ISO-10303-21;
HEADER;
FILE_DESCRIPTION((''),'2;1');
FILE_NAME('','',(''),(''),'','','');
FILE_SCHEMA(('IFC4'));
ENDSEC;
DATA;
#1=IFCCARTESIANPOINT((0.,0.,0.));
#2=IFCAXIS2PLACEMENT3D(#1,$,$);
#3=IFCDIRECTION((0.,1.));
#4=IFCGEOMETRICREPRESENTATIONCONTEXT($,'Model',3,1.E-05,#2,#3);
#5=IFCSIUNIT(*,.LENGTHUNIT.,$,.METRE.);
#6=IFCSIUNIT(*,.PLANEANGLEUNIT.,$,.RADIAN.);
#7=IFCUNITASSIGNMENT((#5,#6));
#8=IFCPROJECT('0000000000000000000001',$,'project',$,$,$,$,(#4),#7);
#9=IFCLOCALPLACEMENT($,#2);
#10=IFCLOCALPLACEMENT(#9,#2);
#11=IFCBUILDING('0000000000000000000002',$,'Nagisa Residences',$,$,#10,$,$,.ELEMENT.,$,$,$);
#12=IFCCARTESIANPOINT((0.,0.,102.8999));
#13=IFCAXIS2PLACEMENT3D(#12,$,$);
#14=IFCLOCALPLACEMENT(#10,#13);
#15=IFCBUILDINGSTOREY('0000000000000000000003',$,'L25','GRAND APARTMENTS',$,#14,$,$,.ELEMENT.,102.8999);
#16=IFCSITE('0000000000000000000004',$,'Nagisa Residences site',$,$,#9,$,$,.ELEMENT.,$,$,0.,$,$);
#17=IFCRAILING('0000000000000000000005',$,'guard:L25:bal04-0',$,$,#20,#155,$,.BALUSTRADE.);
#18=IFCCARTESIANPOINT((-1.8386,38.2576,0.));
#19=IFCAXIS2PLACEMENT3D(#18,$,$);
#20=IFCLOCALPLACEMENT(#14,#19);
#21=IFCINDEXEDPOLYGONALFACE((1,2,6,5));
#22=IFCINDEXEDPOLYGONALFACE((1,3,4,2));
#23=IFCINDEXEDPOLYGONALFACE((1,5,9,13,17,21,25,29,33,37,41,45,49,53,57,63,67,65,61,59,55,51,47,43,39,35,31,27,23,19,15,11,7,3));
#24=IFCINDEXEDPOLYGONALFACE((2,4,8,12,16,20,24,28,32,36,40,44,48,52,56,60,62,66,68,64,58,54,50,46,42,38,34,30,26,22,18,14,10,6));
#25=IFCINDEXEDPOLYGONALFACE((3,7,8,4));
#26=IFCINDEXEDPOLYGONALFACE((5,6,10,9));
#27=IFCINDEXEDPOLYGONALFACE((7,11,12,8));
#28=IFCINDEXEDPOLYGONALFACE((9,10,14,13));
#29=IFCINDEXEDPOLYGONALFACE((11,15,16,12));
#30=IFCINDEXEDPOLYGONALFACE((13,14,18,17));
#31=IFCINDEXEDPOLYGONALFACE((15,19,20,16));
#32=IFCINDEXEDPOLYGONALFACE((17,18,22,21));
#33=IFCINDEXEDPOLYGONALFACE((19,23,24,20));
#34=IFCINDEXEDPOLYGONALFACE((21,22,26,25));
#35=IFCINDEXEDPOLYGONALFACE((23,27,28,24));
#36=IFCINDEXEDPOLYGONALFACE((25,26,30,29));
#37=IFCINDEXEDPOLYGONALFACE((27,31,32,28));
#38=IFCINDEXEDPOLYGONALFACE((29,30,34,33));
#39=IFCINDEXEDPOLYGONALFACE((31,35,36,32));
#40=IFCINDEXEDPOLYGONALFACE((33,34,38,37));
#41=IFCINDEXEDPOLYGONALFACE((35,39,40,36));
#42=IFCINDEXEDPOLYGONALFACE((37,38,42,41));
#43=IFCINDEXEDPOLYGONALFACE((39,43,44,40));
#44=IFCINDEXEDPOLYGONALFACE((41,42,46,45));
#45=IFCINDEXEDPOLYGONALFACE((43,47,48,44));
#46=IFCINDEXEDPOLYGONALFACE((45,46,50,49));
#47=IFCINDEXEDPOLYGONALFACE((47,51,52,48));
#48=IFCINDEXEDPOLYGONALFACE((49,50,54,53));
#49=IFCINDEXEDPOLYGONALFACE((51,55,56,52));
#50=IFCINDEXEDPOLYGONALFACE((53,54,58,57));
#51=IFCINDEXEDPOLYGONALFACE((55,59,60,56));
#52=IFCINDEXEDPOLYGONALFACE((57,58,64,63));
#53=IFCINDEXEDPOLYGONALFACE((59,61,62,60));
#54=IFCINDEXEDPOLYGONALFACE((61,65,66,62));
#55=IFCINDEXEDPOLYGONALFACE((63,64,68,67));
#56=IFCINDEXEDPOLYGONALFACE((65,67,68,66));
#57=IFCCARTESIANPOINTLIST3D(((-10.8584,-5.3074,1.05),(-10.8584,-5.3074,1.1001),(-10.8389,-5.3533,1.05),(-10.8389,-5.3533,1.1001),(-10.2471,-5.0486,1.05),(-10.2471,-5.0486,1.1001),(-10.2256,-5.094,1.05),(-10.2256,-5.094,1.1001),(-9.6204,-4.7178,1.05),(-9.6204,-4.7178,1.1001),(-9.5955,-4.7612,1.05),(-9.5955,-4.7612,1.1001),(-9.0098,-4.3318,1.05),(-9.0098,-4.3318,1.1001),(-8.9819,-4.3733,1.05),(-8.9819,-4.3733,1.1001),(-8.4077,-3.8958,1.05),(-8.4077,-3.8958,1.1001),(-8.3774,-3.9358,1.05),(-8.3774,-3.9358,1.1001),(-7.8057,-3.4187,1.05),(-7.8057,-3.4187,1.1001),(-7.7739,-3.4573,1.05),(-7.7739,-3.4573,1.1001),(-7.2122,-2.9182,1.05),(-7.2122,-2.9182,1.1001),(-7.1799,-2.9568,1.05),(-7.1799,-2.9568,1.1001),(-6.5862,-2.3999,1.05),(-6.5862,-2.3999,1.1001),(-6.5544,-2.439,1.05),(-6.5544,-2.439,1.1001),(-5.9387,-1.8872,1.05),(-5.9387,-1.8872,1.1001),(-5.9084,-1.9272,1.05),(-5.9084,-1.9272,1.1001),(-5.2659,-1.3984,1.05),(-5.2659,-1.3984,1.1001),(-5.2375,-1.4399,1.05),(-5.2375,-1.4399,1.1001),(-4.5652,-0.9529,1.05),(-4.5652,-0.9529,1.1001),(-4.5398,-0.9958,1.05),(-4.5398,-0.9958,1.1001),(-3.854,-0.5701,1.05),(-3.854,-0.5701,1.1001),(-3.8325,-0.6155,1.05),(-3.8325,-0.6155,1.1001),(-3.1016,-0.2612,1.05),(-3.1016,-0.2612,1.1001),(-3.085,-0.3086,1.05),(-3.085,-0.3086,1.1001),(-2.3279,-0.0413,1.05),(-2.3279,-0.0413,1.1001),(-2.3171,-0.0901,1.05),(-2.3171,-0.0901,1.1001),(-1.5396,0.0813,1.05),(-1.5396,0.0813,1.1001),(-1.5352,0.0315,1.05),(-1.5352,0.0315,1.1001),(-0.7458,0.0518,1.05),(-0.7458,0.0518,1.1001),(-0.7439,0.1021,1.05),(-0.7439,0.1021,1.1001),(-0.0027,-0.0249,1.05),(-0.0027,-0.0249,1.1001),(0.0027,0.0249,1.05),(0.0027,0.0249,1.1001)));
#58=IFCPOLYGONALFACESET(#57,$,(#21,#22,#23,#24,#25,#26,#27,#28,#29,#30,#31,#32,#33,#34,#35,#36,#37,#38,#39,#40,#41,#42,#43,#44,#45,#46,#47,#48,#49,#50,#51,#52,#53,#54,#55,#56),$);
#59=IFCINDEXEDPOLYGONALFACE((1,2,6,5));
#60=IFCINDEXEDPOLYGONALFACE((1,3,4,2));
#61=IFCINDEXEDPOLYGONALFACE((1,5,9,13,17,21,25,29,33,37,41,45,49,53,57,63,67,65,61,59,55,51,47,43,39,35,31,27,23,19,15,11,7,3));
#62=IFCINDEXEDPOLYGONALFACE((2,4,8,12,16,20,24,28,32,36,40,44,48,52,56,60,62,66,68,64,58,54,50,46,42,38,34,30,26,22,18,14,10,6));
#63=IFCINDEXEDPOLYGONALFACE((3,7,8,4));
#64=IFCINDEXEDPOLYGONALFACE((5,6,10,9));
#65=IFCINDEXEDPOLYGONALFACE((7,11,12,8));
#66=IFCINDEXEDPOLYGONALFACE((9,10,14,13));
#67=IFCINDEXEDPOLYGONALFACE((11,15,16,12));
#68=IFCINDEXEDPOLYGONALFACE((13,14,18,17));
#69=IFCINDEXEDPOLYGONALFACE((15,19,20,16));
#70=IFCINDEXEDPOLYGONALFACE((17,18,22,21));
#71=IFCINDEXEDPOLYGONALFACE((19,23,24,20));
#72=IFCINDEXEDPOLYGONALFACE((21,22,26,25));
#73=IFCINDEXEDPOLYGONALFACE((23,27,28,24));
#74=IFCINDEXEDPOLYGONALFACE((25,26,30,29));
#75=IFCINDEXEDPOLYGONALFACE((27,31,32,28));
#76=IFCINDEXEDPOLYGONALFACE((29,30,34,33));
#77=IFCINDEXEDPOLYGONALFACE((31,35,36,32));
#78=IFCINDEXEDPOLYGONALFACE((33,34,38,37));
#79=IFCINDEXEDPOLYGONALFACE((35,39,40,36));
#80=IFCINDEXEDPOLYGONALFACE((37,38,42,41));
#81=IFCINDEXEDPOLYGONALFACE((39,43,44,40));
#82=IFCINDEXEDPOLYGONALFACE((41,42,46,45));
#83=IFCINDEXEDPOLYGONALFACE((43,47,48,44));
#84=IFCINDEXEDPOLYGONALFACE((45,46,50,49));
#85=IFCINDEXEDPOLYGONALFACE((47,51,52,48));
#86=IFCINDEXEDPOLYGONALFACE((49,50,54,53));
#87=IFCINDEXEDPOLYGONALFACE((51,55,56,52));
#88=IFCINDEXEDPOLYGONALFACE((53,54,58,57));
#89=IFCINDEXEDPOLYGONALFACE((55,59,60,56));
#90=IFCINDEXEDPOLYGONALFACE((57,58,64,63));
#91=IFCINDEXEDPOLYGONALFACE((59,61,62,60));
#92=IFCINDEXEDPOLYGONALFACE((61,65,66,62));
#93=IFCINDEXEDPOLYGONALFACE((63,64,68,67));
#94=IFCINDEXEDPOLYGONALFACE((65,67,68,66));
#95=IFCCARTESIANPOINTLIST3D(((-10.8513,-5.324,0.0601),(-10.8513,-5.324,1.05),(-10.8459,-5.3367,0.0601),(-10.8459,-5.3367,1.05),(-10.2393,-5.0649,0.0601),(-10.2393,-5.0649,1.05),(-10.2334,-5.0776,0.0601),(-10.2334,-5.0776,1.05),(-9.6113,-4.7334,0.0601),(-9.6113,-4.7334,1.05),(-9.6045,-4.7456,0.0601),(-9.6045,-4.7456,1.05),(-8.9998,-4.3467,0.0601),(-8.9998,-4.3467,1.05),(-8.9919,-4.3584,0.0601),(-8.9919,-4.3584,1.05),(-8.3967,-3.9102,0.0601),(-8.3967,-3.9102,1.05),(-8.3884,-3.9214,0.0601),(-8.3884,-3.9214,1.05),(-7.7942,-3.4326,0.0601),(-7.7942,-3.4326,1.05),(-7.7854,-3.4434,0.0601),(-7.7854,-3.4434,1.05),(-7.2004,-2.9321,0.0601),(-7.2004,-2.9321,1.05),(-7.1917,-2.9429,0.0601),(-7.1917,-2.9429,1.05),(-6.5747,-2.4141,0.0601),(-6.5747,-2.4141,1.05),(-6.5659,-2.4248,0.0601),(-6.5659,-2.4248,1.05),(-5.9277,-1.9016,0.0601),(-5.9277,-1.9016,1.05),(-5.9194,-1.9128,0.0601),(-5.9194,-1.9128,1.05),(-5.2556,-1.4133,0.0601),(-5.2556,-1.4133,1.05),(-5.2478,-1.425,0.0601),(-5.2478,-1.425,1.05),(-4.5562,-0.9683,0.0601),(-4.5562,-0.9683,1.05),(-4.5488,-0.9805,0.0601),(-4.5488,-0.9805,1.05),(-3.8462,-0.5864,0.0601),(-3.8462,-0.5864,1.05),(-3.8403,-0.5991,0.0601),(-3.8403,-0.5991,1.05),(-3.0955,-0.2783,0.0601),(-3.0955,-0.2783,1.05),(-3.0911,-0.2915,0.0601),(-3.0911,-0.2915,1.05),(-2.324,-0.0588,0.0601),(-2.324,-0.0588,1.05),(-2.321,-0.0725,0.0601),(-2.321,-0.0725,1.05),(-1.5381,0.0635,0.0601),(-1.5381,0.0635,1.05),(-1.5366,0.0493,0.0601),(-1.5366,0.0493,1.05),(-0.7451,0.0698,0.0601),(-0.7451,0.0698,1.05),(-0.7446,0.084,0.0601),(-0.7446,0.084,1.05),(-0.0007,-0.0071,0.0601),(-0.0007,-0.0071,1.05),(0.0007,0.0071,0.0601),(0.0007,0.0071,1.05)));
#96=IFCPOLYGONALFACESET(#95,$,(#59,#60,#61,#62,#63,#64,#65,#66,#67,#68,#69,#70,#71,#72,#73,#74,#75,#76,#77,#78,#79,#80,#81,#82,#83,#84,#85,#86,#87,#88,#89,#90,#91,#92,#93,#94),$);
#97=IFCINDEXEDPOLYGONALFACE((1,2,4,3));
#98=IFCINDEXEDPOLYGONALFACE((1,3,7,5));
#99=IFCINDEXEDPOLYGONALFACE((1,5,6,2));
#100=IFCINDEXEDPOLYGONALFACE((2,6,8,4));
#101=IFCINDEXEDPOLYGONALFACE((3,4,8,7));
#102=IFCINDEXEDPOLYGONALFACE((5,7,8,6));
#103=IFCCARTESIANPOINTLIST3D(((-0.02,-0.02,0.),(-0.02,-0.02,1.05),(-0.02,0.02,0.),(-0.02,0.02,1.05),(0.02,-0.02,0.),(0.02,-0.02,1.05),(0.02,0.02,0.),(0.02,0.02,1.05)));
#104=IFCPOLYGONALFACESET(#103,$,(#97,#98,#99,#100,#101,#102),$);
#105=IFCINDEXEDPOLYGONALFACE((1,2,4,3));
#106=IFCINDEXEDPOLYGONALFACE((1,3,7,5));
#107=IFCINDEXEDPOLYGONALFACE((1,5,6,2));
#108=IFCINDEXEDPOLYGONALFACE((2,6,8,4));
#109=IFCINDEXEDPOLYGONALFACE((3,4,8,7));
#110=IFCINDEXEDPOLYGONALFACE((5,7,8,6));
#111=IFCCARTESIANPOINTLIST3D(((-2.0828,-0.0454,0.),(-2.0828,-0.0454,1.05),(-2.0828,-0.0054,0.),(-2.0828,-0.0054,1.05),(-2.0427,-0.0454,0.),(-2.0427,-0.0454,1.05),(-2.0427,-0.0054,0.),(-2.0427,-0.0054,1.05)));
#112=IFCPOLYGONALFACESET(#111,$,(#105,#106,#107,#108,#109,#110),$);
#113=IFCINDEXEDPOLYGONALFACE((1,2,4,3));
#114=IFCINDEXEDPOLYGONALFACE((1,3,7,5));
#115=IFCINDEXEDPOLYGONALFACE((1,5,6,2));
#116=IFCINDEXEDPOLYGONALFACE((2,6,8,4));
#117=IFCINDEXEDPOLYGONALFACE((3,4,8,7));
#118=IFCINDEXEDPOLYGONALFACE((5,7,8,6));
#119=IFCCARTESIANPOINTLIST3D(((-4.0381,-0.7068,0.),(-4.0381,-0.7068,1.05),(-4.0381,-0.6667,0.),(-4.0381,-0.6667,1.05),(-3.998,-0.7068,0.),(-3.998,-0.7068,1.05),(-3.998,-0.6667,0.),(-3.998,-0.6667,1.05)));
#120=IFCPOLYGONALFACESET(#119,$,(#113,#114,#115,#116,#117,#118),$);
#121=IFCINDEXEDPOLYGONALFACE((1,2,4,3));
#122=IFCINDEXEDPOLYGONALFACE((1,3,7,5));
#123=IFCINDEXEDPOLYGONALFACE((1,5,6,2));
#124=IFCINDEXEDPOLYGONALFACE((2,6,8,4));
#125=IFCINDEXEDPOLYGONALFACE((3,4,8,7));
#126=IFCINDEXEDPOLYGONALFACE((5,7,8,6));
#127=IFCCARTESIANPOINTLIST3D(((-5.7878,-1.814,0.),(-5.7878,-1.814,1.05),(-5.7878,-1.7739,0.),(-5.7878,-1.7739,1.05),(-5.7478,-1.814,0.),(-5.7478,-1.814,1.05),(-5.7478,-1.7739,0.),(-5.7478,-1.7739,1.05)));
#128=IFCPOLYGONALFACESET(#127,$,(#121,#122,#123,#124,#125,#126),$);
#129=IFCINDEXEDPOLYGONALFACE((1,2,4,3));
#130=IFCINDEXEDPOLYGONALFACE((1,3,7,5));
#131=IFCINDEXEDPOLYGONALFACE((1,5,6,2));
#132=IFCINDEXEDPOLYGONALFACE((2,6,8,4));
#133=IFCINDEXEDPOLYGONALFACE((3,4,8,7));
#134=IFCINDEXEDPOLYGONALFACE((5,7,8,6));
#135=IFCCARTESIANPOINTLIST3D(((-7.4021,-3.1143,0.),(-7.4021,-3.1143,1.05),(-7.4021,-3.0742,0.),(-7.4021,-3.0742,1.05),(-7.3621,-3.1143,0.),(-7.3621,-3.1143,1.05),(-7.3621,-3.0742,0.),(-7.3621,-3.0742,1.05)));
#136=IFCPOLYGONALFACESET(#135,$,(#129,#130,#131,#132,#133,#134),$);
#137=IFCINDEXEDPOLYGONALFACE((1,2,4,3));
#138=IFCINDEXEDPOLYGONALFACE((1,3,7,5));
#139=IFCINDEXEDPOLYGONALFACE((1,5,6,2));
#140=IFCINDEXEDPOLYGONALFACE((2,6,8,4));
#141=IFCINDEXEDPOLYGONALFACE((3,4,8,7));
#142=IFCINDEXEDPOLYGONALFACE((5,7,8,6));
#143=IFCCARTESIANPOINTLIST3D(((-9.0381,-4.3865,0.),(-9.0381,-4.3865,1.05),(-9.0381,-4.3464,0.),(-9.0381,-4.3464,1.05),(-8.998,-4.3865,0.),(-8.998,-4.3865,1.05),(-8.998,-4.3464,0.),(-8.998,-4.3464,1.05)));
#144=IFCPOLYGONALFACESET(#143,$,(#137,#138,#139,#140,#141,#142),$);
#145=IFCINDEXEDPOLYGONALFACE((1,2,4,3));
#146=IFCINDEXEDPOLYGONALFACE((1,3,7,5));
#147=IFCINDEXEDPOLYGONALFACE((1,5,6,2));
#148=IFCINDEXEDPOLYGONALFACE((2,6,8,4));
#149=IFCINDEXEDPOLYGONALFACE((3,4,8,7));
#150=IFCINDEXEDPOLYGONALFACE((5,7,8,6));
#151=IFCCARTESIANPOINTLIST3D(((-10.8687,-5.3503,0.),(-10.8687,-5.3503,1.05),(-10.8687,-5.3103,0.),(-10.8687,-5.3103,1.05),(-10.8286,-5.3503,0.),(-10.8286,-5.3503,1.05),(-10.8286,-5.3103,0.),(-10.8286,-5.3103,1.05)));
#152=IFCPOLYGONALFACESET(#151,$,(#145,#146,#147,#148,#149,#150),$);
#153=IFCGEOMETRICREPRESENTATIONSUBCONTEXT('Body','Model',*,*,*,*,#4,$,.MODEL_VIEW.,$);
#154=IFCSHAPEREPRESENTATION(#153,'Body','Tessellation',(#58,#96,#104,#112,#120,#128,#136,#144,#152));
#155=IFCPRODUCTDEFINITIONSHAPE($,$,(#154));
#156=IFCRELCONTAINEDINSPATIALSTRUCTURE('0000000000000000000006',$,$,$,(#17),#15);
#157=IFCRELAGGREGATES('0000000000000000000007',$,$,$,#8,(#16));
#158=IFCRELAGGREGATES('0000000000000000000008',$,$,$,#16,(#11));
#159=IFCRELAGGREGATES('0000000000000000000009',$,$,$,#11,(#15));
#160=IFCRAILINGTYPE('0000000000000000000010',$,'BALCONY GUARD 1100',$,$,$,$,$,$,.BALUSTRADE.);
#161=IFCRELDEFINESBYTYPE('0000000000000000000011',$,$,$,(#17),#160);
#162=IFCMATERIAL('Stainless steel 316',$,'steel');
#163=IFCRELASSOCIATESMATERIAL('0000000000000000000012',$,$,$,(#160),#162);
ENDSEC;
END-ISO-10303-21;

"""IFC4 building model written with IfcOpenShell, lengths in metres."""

from ifc_helpers import new_model, si_unit, direction, frame, origin, origin_2d, place, context, subcontext, project, spatial, polyline, rectangle, outline, extrude, material, type_object, element, save


model = new_model("IFC4")

# Units and contexts
model_context = context("Model", 3, precision=1e-05, world=origin(), true_north=direction((0.0, 1.0)))
body_context = subcontext(model_context, "Body", "Model", "MODEL_VIEW")
ifc_project = project(units=[si_unit("LENGTHUNIT", "METRE"), si_unit("PLANEANGLEUNIT", "RADIAN")], contexts=[model_context])

# Site, building, storey
site_placement = place(None, origin())
site = spatial("IfcSite", under=ifc_project, at=site_placement, Name="Nagisa Residences site", CompositionType="ELEMENT", RefElevation=0.0)
building_placement = place(site_placement, origin())
building = spatial("IfcBuilding", under=site, at=building_placement, Name="Nagisa Residences", CompositionType="ELEMENT")
storey_placement = place(building_placement, frame((0.0, 0.0, 102.8999)))
storey = spatial("IfcBuildingStorey", under=building, at=storey_placement, Name="L25", Description="GRAND APARTMENTS", CompositionType="ELEMENT", Elevation=102.8999)

# Railing
ifc_material_1 = material(Name="Stainless steel 316", Category="steel")
railing_type = type_object("IfcRailingType", Name="BALCONY GUARD 1100", PredefinedType="BALUSTRADE", material=ifc_material_1)
railing_1_placement = place(storey_placement, frame((-1.8386, 38.2576, 0.0)))
element("IfcRailing", 1, at=railing_1_placement, inside=storey, type_object=railing_type, Name="guard:L25:bal04-0", PredefinedType="BALUSTRADE", context=body_context, shape_type="SweptSolid", body=[
    extrude(outline(polyline([(-0.7458, 0.0518), (-0.0027, -0.0249), (0.0027, 0.0249), (-0.7439, 0.1021), (-1.5396, 0.0813), (-2.3279, -0.0413), (-3.1016, -0.2612), (-3.854, -0.5701), (-4.5652, -0.9529), (-5.2659, -1.3984), (-5.9387, -1.8872), (-6.5862, -2.3999), (-7.2122, -2.9182), (-7.8057, -3.4187), (-8.4077, -3.8958), (-9.0098, -4.3318), (-9.6204, -4.7178), (-10.2471, -5.0486), (-10.8584, -5.3074), (-10.8389, -5.3533), (-10.2256, -5.094), (-9.5955, -4.7612), (-8.9819, -4.3733), (-8.3774, -3.9358), (-7.7739, -3.4573), (-7.1799, -2.9568), (-6.5544, -2.439), (-5.9084, -1.9272), (-5.2375, -1.4399), (-4.5398, -0.9958), (-3.8325, -0.6155), (-3.085, -0.3086), (-2.3171, -0.0901), (-1.5352, 0.0315), (-0.7458, 0.0518)])), frame((0.0, 0.0, 1.05)), (0.0, 0.0, 1.0), 0.05),
    extrude(outline(polyline([(-0.7451, 0.0698), (-0.0007, -0.0071), (0.0007, 0.0071), (-0.7446, 0.084), (-1.5381, 0.0635), (-2.324, -0.0588), (-3.0955, -0.2783), (-3.8462, -0.5864), (-4.5562, -0.9683), (-5.2556, -1.4133), (-5.9277, -1.9016), (-6.5747, -2.4141), (-7.2004, -2.9321), (-7.7942, -3.4326), (-8.3967, -3.9102), (-8.9998, -4.3467), (-9.6113, -4.7334), (-10.2393, -5.0649), (-10.8513, -5.324), (-10.8459, -5.3367), (-10.2334, -5.0776), (-9.6045, -4.7456), (-8.9919, -4.3584), (-8.3884, -3.9214), (-7.7854, -3.4434), (-7.1917, -2.9429), (-6.5659, -2.4248), (-5.9194, -1.9128), (-5.2478, -1.425), (-4.5488, -0.9805), (-3.8403, -0.5991), (-3.0911, -0.2915), (-2.321, -0.0725), (-1.5366, 0.0493), (-0.7451, 0.0698)])), frame((0.0, 0.0, 0.0601)), (0.0, 0.0, 1.0), 0.99),
    extrude(rectangle(XDim=0.04, YDim=0.04, at=origin_2d()), origin(), (0.0, 0.0, 1.0), 1.05),
    extrude(rectangle(XDim=0.04, YDim=0.04, at=origin_2d()), frame((-2.0627, -0.0254, 0.0)), (0.0, 0.0, 1.0), 1.05),
    extrude(rectangle(XDim=0.04, YDim=0.04, at=origin_2d()), frame((-4.0181, -0.6868, 0.0)), (0.0, 0.0, 1.0), 1.05),
    extrude(rectangle(XDim=0.04, YDim=0.04, at=origin_2d()), frame((-5.7678, -1.7939, 0.0)), (0.0, 0.0, 1.0), 1.05),
    extrude(rectangle(XDim=0.04, YDim=0.04, at=origin_2d()), frame((-7.3821, -3.0942, 0.0)), (0.0, 0.0, 1.0), 1.05),
    extrude(rectangle(XDim=0.04, YDim=0.04, at=origin_2d()), frame((-9.0181, -4.3665, 0.0)), (0.0, 0.0, 1.0), 1.05),
    extrude(rectangle(XDim=0.04, YDim=0.04, at=origin_2d()), frame((-10.8486, -5.3303, 0.0)), (0.0, 0.0, 1.0), 1.05),
])

save(model, "model.ifc")
